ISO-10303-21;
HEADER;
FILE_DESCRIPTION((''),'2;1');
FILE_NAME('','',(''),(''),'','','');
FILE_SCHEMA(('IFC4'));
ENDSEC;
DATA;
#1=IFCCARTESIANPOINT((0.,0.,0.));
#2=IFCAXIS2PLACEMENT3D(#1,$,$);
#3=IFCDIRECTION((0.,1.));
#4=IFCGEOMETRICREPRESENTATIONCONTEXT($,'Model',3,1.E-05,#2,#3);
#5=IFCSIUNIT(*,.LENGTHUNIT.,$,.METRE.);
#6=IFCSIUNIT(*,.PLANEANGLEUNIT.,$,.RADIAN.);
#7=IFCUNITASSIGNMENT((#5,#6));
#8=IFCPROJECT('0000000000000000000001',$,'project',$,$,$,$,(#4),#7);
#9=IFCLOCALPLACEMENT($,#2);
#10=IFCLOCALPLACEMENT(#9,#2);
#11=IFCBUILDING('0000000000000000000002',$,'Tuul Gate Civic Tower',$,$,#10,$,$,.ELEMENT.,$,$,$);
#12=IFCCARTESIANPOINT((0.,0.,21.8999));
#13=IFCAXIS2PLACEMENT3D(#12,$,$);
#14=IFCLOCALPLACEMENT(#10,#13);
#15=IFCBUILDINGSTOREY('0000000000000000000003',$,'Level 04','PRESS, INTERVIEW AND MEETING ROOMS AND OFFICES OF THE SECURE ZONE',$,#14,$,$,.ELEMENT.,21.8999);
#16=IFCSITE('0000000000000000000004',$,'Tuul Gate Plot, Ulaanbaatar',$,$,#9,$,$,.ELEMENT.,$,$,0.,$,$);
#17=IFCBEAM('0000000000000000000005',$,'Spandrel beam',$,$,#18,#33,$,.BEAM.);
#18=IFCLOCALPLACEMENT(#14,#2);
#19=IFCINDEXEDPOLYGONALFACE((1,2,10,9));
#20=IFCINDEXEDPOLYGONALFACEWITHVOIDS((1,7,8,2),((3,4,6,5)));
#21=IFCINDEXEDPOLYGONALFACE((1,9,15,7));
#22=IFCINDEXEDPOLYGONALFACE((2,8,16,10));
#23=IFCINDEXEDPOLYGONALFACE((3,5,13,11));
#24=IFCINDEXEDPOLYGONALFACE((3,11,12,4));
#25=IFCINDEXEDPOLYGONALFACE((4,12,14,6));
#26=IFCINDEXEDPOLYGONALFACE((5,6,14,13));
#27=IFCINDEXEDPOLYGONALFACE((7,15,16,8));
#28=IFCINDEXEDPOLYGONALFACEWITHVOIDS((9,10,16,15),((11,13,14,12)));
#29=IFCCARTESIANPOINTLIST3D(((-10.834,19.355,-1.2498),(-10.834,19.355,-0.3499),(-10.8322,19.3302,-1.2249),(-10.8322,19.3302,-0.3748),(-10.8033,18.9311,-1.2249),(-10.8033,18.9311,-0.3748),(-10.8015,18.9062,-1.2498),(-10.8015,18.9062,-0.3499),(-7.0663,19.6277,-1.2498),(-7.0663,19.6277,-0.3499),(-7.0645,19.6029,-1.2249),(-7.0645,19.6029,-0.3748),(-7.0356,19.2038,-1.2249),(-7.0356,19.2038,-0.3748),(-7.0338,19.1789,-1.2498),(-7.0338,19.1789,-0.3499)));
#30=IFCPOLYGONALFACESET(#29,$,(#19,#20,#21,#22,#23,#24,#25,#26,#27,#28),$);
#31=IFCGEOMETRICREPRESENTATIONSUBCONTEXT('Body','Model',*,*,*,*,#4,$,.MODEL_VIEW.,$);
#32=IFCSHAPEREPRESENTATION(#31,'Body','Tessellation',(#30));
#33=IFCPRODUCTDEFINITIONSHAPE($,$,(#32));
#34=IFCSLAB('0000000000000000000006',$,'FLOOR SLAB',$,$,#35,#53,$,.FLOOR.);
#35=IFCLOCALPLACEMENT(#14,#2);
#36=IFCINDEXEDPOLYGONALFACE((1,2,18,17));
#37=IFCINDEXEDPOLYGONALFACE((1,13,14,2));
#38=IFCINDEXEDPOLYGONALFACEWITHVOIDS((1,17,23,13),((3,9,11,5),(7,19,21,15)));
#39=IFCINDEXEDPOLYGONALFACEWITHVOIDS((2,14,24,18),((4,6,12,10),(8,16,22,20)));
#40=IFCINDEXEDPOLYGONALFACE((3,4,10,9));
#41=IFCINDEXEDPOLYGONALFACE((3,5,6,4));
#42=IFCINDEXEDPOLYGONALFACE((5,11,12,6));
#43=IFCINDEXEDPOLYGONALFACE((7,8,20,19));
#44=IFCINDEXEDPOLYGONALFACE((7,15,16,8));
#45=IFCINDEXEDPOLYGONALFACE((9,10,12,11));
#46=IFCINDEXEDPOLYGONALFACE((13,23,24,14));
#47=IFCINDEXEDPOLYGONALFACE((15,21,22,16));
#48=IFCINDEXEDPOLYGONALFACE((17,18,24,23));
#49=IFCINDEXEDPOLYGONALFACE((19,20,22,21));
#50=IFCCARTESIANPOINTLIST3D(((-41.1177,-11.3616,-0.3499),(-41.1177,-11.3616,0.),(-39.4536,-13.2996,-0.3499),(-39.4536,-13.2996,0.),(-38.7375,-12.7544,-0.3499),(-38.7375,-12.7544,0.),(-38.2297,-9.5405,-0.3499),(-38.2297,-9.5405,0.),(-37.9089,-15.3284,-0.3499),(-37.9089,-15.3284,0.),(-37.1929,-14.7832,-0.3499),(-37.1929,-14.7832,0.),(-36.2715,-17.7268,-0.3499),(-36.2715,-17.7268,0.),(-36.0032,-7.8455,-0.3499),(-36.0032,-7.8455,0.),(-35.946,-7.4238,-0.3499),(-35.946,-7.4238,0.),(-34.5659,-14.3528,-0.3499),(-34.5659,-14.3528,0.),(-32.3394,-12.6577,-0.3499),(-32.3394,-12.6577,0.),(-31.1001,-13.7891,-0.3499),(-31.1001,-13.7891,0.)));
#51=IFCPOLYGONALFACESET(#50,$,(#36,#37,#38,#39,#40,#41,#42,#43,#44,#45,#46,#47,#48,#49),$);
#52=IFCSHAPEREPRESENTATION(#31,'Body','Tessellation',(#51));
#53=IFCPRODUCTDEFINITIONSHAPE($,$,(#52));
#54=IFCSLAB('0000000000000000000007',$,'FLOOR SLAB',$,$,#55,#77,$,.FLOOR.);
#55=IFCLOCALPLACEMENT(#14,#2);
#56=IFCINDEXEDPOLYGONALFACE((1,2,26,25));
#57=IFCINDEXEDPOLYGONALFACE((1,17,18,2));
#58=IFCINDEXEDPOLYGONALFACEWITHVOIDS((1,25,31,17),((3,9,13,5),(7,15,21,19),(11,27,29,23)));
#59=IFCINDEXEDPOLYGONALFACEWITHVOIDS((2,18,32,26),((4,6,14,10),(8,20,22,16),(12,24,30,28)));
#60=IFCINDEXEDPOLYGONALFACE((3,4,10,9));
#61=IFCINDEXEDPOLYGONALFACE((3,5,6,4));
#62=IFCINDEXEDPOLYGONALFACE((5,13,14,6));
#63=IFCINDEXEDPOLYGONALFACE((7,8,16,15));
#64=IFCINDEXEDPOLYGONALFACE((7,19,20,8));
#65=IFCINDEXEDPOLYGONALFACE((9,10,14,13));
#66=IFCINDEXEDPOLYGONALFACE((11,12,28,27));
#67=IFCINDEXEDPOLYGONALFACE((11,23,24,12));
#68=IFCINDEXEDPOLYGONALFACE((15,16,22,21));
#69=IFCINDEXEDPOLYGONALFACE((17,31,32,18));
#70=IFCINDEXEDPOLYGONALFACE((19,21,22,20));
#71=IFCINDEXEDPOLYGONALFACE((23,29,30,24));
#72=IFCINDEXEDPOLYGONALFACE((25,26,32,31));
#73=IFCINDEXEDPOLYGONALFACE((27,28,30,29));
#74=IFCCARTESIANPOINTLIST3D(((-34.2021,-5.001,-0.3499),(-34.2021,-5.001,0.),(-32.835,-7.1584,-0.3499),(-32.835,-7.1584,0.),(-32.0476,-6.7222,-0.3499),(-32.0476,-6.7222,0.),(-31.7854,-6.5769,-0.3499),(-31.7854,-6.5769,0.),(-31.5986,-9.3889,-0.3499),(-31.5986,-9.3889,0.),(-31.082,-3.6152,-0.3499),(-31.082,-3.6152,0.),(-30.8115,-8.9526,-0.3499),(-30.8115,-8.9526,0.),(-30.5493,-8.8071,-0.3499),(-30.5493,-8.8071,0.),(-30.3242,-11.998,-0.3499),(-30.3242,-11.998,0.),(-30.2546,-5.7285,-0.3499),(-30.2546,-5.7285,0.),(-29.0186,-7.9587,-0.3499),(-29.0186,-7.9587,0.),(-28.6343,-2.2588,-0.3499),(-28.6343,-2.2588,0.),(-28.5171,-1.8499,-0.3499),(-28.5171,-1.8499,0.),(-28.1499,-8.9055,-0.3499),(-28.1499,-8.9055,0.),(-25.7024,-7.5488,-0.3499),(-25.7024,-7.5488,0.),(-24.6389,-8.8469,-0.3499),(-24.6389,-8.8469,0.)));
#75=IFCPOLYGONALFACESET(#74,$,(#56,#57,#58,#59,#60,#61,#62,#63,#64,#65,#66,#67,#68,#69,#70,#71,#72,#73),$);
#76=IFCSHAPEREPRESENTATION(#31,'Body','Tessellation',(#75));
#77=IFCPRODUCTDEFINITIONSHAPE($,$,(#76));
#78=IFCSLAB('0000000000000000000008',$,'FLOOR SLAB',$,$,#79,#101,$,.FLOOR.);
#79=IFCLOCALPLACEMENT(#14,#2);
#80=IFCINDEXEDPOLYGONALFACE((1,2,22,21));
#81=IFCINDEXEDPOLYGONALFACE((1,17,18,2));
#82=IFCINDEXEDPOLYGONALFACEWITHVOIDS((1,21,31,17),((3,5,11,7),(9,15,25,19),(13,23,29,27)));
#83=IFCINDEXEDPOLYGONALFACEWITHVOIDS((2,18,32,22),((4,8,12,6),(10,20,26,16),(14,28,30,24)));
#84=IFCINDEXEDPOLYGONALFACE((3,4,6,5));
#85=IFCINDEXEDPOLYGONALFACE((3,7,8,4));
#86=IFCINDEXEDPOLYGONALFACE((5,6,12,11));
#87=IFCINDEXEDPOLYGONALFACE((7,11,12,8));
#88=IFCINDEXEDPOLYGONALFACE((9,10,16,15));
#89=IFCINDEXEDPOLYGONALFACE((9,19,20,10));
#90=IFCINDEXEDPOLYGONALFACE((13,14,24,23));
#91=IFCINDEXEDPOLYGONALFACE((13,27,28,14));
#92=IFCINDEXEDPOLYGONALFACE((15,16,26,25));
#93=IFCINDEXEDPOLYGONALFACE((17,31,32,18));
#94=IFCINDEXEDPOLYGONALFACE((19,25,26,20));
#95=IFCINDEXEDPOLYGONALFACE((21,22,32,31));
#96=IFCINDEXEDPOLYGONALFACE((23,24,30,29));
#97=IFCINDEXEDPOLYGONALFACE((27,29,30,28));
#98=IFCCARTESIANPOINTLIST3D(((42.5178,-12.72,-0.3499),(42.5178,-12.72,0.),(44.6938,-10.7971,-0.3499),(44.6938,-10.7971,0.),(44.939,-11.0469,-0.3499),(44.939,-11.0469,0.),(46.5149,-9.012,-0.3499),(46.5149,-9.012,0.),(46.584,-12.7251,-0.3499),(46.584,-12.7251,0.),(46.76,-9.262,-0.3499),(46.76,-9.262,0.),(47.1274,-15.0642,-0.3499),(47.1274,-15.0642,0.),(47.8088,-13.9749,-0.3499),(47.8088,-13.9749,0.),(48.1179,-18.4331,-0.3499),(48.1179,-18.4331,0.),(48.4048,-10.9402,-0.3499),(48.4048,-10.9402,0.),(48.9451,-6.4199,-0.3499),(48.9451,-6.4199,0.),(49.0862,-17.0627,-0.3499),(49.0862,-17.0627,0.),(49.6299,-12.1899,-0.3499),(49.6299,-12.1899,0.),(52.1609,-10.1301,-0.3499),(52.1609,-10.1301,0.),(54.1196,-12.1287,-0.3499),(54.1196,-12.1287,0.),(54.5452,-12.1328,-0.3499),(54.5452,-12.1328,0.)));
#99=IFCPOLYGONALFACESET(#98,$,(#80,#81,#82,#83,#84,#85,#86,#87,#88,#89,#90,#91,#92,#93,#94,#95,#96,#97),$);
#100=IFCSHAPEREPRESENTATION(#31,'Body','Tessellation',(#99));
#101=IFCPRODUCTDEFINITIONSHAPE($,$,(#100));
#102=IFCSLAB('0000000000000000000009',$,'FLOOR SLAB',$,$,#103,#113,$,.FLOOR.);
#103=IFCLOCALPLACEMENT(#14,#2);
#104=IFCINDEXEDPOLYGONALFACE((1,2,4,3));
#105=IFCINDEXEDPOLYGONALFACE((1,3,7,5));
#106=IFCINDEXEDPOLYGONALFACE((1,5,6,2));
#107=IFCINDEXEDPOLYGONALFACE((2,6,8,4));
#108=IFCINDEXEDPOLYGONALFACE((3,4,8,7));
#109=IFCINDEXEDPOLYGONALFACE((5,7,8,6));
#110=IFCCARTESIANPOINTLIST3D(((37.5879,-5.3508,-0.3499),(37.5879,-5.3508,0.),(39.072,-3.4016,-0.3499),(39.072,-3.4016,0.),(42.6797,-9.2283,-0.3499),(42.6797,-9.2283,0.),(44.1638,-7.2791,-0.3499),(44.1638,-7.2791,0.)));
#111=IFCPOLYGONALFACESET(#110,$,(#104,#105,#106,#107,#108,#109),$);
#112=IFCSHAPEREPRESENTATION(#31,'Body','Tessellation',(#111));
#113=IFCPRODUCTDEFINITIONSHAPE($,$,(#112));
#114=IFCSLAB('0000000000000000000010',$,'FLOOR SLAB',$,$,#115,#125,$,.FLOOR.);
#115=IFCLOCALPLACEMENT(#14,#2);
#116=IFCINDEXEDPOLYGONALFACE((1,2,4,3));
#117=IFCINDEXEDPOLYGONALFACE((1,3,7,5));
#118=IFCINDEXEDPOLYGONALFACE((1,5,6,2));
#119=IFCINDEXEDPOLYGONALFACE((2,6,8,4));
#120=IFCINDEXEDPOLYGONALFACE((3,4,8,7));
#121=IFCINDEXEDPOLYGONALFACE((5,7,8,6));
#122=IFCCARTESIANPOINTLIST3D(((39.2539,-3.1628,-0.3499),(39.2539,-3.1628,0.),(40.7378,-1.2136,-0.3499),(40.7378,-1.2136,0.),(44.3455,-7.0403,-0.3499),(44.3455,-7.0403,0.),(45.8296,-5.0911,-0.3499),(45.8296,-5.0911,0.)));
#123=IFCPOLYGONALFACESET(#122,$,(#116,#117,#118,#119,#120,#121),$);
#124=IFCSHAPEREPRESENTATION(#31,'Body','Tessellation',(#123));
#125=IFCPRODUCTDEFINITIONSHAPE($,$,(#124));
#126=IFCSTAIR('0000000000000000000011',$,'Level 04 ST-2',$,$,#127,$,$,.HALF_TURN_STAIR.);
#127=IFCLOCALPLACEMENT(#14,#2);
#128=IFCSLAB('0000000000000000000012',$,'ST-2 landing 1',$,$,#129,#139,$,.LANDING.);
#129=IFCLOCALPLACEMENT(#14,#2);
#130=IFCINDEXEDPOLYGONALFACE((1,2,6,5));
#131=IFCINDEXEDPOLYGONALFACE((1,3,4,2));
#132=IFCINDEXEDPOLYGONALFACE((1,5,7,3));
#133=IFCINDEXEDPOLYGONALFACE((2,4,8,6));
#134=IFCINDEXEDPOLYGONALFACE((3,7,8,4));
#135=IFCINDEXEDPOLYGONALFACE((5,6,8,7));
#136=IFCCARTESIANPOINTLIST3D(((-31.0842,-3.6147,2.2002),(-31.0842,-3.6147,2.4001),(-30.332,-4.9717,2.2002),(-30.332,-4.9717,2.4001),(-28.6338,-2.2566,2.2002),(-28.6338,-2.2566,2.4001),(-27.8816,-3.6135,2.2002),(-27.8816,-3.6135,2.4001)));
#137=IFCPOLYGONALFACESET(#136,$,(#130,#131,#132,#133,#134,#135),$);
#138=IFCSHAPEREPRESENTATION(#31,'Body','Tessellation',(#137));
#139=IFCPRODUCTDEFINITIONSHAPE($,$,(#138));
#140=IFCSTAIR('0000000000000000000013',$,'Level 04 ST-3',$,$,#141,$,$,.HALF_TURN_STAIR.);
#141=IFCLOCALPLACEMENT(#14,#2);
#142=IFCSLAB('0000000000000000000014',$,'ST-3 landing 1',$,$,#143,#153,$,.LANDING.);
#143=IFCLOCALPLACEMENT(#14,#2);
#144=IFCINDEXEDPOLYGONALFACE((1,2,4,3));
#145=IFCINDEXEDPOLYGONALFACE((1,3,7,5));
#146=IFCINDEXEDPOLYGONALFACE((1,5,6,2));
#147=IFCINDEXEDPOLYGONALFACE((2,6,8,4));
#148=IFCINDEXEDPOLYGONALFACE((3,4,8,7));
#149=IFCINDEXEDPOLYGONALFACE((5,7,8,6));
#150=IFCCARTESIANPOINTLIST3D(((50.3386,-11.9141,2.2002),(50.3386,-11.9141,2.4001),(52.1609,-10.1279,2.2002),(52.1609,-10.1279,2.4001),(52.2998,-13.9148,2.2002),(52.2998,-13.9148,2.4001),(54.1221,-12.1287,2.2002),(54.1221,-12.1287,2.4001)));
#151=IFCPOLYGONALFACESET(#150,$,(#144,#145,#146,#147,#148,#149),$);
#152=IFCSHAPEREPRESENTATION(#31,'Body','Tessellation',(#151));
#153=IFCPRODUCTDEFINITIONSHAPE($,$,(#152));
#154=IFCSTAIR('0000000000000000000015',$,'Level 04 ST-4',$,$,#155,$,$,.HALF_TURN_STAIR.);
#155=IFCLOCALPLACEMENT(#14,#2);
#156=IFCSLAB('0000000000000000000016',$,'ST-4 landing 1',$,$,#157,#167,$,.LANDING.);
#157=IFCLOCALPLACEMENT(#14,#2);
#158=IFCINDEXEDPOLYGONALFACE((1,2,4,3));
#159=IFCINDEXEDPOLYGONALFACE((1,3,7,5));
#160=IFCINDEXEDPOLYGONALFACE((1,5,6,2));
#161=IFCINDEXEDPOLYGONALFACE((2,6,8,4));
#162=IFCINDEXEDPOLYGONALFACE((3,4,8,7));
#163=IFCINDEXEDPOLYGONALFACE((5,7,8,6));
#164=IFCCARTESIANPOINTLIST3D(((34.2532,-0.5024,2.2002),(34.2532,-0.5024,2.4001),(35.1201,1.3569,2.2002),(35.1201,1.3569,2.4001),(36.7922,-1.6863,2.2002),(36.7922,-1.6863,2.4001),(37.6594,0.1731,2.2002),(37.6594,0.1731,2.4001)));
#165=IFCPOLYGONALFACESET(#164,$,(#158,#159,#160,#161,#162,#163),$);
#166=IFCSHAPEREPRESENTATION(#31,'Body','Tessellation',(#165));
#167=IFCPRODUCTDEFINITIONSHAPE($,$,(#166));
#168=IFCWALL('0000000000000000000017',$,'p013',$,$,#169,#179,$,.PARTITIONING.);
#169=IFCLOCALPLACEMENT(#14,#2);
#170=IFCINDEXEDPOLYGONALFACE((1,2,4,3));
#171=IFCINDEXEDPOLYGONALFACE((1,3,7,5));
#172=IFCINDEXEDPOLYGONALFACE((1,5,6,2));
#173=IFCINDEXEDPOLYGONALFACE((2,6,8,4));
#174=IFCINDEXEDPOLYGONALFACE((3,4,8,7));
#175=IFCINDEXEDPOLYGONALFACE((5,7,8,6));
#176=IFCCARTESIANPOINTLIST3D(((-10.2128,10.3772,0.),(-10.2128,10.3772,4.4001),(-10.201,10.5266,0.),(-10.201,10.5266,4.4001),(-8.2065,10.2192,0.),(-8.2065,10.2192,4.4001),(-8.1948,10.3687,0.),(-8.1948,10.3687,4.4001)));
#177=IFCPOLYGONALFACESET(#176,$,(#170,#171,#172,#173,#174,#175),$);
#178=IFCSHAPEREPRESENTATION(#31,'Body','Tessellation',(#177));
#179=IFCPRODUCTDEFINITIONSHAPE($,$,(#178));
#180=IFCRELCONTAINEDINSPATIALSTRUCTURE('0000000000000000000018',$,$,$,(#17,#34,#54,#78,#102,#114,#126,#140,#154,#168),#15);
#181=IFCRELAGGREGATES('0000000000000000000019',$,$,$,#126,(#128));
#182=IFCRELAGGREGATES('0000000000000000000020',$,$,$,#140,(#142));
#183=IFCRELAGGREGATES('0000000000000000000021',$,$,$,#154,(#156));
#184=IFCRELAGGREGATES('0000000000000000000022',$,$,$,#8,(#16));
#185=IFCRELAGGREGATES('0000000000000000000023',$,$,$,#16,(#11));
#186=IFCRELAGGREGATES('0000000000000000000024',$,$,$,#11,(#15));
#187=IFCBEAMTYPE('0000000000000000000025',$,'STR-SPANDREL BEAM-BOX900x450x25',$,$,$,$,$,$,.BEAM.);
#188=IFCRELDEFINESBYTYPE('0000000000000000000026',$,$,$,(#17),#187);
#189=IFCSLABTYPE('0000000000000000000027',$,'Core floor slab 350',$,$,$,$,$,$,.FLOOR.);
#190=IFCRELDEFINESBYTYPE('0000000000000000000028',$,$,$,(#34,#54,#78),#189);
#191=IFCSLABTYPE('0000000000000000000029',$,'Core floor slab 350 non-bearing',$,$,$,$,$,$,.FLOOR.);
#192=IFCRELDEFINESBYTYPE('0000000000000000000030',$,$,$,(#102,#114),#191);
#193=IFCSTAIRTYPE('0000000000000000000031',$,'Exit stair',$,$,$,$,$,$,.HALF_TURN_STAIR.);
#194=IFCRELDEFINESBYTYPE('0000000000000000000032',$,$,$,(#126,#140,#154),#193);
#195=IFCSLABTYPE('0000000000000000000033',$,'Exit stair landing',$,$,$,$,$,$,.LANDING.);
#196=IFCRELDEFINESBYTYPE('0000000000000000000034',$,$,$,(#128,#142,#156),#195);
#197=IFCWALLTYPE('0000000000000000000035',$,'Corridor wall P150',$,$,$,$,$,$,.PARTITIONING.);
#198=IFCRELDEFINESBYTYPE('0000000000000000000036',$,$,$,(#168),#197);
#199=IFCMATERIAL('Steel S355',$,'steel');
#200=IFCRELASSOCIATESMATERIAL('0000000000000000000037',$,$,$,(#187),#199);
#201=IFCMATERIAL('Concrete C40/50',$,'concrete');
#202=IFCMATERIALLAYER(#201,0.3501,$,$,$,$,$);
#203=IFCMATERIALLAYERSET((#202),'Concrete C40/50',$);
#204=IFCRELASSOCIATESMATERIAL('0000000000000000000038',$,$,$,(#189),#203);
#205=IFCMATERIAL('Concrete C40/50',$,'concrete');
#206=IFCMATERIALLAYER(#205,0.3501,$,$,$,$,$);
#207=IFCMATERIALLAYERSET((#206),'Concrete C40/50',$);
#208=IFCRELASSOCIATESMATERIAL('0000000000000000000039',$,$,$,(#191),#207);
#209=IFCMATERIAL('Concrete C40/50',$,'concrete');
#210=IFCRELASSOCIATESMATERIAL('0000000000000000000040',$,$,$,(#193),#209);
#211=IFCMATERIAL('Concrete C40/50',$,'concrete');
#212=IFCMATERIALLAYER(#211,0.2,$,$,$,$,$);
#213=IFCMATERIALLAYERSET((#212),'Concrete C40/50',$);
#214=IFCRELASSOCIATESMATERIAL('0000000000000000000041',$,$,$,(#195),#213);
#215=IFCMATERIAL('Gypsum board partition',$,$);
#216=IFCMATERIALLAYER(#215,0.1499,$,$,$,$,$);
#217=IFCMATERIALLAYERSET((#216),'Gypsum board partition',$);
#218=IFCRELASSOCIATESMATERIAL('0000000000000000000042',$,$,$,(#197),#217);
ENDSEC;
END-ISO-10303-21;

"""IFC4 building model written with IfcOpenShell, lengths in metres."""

from ifc_helpers import new_model, si_unit, direction, frame, frame_2d, origin, origin_2d, place, context, subcontext, project, spatial, polyline, rectangle, hollow_rectangle, outline, extrude, material, layer, layer_set, material_profile, profile_set, type_object, element, aggregate, save


model = new_model("IFC4")

# Units and contexts
model_context = context("Model", 3, precision=1e-05, world=origin(), true_north=direction((0.0, 1.0)))
body_context = subcontext(model_context, "Body", "Model", "MODEL_VIEW")
ifc_project = project(units=[si_unit("LENGTHUNIT", "METRE"), si_unit("PLANEANGLEUNIT", "RADIAN")], contexts=[model_context])

# Site, building, storey
site_placement = place(None, origin())
site = spatial("IfcSite", under=ifc_project, at=site_placement, Name="Tuul Gate Plot, Ulaanbaatar", CompositionType="ELEMENT", RefElevation=0.0)
building_placement = place(site_placement, origin())
building = spatial("IfcBuilding", under=site, at=building_placement, Name="Tuul Gate Civic Tower", CompositionType="ELEMENT")
storey_placement = place(building_placement, frame((0.0, 0.0, 21.8999)))
storey = spatial("IfcBuildingStorey", under=building, at=storey_placement, Name="Level 04", Description="PRESS, INTERVIEW AND MEETING ROOMS AND OFFICES OF THE SECURE ZONE", CompositionType="ELEMENT", Elevation=21.8999)

# Beam
ifc_material_1 = material(Name="Steel S355", Category="steel")
ifc_material_profile_1 = material_profile(ifc_material_1, hollow_rectangle(XDim=0.45, YDim=0.8999, WallThickness=0.0249, at=origin_2d()), Name="BOX900x450x25")
ifc_profile_set_1 = profile_set([ifc_material_profile_1], Name="Steel S355")
beam_type_1 = type_object("IfcBeamType", Name="STR-SPANDREL BEAM-BOX900x450x25", PredefinedType="BEAM", material=ifc_profile_set_1)
beam_1_placement = place(storey_placement, frame((-7.05, 19.4033, -0.7998), z_axis=(-0.997391, -0.072189, 0.0), x_axis=(0.072189, -0.997391, 0.0)))
element("IfcBeam", 1, at=beam_1_placement, inside=storey, type_object=beam_type_1, Name="Spandrel beam", PredefinedType="BEAM", context=body_context, shape_type="SweptSolid", body=[
    extrude(hollow_rectangle(XDim=0.45, YDim=0.8999, WallThickness=0.0249, at=origin_2d()), origin(), (0.0, 0.0, 1.0), 3.7776),
])

# Slabs
ifc_material_2 = material(Name="Concrete C40/50", Category="concrete")
ifc_layer_1 = layer(ifc_material_2, 0.3501)
ifc_layer_set_1 = layer_set([ifc_layer_1], Name="Concrete C40/50")
slab_type_1 = type_object("IfcSlabType", Name="Core floor slab 350", PredefinedType="FLOOR", material=ifc_layer_set_1)
slab_1_placement = place(storey_placement, frame((0.0, 0.0, -0.3499)))
element("IfcSlab", 2, at=slab_1_placement, inside=storey, type_object=slab_type_1, Name="FLOOR SLAB", PredefinedType="FLOOR", context=body_context, shape_type="SweptSolid", body=[
    extrude(outline(polyline([(-31.1001, -13.7891), (-35.946, -7.4238), (-41.1177, -11.3616), (-36.2715, -17.7268), (-31.1001, -13.7891)]), holes=[polyline([(-37.1929, -14.7832), (-38.7375, -12.7544), (-39.4536, -13.2996), (-37.9089, -15.3284), (-37.1929, -14.7832)]), polyline([(-32.3394, -12.6577), (-34.5659, -14.3528), (-38.2297, -9.5405), (-36.0032, -7.8455), (-32.3394, -12.6577)])]), origin(), (0.0, 0.0, 1.0), 0.3499),
])
slab_2_placement = place(storey_placement, frame((0.0, 0.0, -0.3499)))
element("IfcSlab", 3, at=slab_2_placement, inside=storey, type_object=slab_type_1, Name="FLOOR SLAB", PredefinedType="FLOOR", context=body_context, shape_type="SweptSolid", body=[
    extrude(outline(polyline([(-24.6389, -8.8469), (-28.5171, -1.8499), (-34.2021, -5.001), (-30.3242, -11.998), (-24.6389, -8.8469)]), holes=[polyline([(-29.0186, -7.9587), (-30.2546, -5.7285), (-31.7854, -6.5769), (-30.5493, -8.8071), (-29.0186, -7.9587)]), polyline([(-30.8115, -8.9526), (-32.0476, -6.7222), (-32.835, -7.1584), (-31.5986, -9.3889), (-30.8115, -8.9526)]), polyline([(-25.7024, -7.5488), (-28.1499, -8.9055), (-31.082, -3.6152), (-28.6343, -2.2588), (-25.7024, -7.5488)])]), origin(), (0.0, 0.0, 1.0), 0.3499),
])
slab_3_placement = place(storey_placement, frame((0.0, 0.0, -0.3499)))
element("IfcSlab", 4, at=slab_3_placement, inside=storey, type_object=slab_type_1, Name="FLOOR SLAB", PredefinedType="FLOOR", context=body_context, shape_type="SweptSolid", body=[
    extrude(outline(polyline([(48.1179, -18.4331), (54.5452, -12.1328), (48.9451, -6.4199), (42.5178, -12.72), (48.1179, -18.4331)]), holes=[polyline([(47.8088, -13.9749), (49.6299, -12.1899), (48.4048, -10.9402), (46.584, -12.7251), (47.8088, -13.9749)]), polyline([(44.939, -11.0469), (46.76, -9.262), (46.5149, -9.012), (44.6938, -10.7971), (44.939, -11.0469)]), polyline([(49.0862, -17.0627), (47.1274, -15.0642), (52.1609, -10.1301), (54.1196, -12.1287), (49.0862, -17.0627)])]), origin(), (0.0, 0.0, 1.0), 0.3499),
])
ifc_material_3 = material(Name="Concrete C40/50", Category="concrete")
ifc_layer_2 = layer(ifc_material_3, 0.3501)
ifc_layer_set_2 = layer_set([ifc_layer_2], Name="Concrete C40/50")
slab_type_2 = type_object("IfcSlabType", Name="Core floor slab 350 non-bearing", PredefinedType="FLOOR", material=ifc_layer_set_2)
slab_4_placement = place(storey_placement, frame((0.0, 0.0, -0.3499)))
element("IfcSlab", 5, at=slab_4_placement, inside=storey, type_object=slab_type_2, Name="FLOOR SLAB", PredefinedType="FLOOR", context=body_context, shape_type="SweptSolid", body=[
    extrude(outline(polyline([(37.5879, -5.3508), (39.072, -3.4016), (44.1638, -7.2791), (42.6797, -9.2283), (37.5879, -5.3508)])), origin(), (0.0, 0.0, 1.0), 0.3499),
])
slab_5_placement = place(storey_placement, frame((0.0, 0.0, -0.3499)))
element("IfcSlab", 6, at=slab_5_placement, inside=storey, type_object=slab_type_2, Name="FLOOR SLAB", PredefinedType="FLOOR", context=body_context, shape_type="SweptSolid", body=[
    extrude(outline(polyline([(44.3455, -7.0403), (39.2539, -3.1628), (40.7378, -1.2136), (45.8296, -5.0911), (44.3455, -7.0403)])), origin(), (0.0, 0.0, 1.0), 0.3499),
])

# Stairs, slabs
ifc_material_4 = material(Name="Concrete C40/50", Category="concrete")
stair_type = type_object("IfcStairType", Name="Exit stair", PredefinedType="HALF_TURN_STAIR", material=ifc_material_4)
stair_1_placement = place(storey_placement, origin())
stair_1 = element("IfcStair", 7, at=stair_1_placement, inside=storey, type_object=stair_type, Name="Level 04 ST-2", PredefinedType="HALF_TURN_STAIR")
ifc_material_5 = material(Name="Concrete C40/50", Category="concrete")
ifc_layer_3 = layer(ifc_material_5, 0.2)
ifc_layer_set_3 = layer_set([ifc_layer_3], Name="Concrete C40/50")
slab_type_3 = type_object("IfcSlabType", Name="Exit stair landing", PredefinedType="LANDING", material=ifc_layer_set_3)
slab_6_placement = place(storey_placement, frame((0.0, 0.0, 2.2002)))
slab_6 = element("IfcSlab", 8, at=slab_6_placement, type_object=slab_type_3, Name="ST-2 landing 1", PredefinedType="LANDING", context=body_context, shape_type="SweptSolid", body=[
    extrude(outline(polyline([(-27.8816, -3.6135), (-30.332, -4.9717), (-31.0842, -3.6147), (-28.6338, -2.2566), (-27.8816, -3.6135)])), origin(), (0.0, 0.0, 1.0), 0.2),
])
aggregate(stair_1, [slab_6])
stair_2_placement = place(storey_placement, origin())
stair_2 = element("IfcStair", 9, at=stair_2_placement, inside=storey, type_object=stair_type, Name="Level 04 ST-3", PredefinedType="HALF_TURN_STAIR")
slab_7_placement = place(storey_placement, frame((0.0, 0.0, 2.2002)))
slab_7 = element("IfcSlab", 10, at=slab_7_placement, type_object=slab_type_3, Name="ST-3 landing 1", PredefinedType="LANDING", context=body_context, shape_type="SweptSolid", body=[
    extrude(outline(polyline([(52.2998, -13.9148), (50.3386, -11.9141), (52.1609, -10.1279), (54.1221, -12.1287), (52.2998, -13.9148)])), origin(), (0.0, 0.0, 1.0), 0.2),
])
aggregate(stair_2, [slab_7])
stair_3_placement = place(storey_placement, origin())
stair_3 = element("IfcStair", 11, at=stair_3_placement, inside=storey, type_object=stair_type, Name="Level 04 ST-4", PredefinedType="HALF_TURN_STAIR")
slab_8_placement = place(storey_placement, frame((0.0, 0.0, 2.2002)))
slab_8 = element("IfcSlab", 12, at=slab_8_placement, type_object=slab_type_3, Name="ST-4 landing 1", PredefinedType="LANDING", context=body_context, shape_type="SweptSolid", body=[
    extrude(outline(polyline([(36.7922, -1.6863), (34.2532, -0.5024), (35.1201, 1.3569), (37.6594, 0.1731), (36.7922, -1.6863)])), origin(), (0.0, 0.0, 1.0), 0.2),
])
aggregate(stair_3, [slab_8])

# Wall
ifc_material_6 = material(Name="Gypsum board partition")
ifc_layer_4 = layer(ifc_material_6, 0.1499)
ifc_layer_set_4 = layer_set([ifc_layer_4], Name="Gypsum board partition")
wall_type_1 = type_object("IfcWallType", Name="Corridor wall P150", PredefinedType="PARTITIONING", material=ifc_layer_set_4)
wall_1_placement = place(storey_placement, frame((-10.207, 10.4519, 0.0), z_axis=(0.0, 0.0, 1.0), x_axis=(0.996915, -0.078487, 0.0)))
element("IfcWall", 13, at=wall_1_placement, inside=storey, type_object=wall_type_1, Name="p013", PredefinedType="PARTITIONING", context=body_context, shape_type="SweptSolid", body=[
    extrude(rectangle(XDim=2.0125, YDim=0.1499, at=frame_2d((1.0063, 0.0))), origin(), (0.0, 0.0, 1.0), 4.4001),
])

save(model, "model.ifc")
